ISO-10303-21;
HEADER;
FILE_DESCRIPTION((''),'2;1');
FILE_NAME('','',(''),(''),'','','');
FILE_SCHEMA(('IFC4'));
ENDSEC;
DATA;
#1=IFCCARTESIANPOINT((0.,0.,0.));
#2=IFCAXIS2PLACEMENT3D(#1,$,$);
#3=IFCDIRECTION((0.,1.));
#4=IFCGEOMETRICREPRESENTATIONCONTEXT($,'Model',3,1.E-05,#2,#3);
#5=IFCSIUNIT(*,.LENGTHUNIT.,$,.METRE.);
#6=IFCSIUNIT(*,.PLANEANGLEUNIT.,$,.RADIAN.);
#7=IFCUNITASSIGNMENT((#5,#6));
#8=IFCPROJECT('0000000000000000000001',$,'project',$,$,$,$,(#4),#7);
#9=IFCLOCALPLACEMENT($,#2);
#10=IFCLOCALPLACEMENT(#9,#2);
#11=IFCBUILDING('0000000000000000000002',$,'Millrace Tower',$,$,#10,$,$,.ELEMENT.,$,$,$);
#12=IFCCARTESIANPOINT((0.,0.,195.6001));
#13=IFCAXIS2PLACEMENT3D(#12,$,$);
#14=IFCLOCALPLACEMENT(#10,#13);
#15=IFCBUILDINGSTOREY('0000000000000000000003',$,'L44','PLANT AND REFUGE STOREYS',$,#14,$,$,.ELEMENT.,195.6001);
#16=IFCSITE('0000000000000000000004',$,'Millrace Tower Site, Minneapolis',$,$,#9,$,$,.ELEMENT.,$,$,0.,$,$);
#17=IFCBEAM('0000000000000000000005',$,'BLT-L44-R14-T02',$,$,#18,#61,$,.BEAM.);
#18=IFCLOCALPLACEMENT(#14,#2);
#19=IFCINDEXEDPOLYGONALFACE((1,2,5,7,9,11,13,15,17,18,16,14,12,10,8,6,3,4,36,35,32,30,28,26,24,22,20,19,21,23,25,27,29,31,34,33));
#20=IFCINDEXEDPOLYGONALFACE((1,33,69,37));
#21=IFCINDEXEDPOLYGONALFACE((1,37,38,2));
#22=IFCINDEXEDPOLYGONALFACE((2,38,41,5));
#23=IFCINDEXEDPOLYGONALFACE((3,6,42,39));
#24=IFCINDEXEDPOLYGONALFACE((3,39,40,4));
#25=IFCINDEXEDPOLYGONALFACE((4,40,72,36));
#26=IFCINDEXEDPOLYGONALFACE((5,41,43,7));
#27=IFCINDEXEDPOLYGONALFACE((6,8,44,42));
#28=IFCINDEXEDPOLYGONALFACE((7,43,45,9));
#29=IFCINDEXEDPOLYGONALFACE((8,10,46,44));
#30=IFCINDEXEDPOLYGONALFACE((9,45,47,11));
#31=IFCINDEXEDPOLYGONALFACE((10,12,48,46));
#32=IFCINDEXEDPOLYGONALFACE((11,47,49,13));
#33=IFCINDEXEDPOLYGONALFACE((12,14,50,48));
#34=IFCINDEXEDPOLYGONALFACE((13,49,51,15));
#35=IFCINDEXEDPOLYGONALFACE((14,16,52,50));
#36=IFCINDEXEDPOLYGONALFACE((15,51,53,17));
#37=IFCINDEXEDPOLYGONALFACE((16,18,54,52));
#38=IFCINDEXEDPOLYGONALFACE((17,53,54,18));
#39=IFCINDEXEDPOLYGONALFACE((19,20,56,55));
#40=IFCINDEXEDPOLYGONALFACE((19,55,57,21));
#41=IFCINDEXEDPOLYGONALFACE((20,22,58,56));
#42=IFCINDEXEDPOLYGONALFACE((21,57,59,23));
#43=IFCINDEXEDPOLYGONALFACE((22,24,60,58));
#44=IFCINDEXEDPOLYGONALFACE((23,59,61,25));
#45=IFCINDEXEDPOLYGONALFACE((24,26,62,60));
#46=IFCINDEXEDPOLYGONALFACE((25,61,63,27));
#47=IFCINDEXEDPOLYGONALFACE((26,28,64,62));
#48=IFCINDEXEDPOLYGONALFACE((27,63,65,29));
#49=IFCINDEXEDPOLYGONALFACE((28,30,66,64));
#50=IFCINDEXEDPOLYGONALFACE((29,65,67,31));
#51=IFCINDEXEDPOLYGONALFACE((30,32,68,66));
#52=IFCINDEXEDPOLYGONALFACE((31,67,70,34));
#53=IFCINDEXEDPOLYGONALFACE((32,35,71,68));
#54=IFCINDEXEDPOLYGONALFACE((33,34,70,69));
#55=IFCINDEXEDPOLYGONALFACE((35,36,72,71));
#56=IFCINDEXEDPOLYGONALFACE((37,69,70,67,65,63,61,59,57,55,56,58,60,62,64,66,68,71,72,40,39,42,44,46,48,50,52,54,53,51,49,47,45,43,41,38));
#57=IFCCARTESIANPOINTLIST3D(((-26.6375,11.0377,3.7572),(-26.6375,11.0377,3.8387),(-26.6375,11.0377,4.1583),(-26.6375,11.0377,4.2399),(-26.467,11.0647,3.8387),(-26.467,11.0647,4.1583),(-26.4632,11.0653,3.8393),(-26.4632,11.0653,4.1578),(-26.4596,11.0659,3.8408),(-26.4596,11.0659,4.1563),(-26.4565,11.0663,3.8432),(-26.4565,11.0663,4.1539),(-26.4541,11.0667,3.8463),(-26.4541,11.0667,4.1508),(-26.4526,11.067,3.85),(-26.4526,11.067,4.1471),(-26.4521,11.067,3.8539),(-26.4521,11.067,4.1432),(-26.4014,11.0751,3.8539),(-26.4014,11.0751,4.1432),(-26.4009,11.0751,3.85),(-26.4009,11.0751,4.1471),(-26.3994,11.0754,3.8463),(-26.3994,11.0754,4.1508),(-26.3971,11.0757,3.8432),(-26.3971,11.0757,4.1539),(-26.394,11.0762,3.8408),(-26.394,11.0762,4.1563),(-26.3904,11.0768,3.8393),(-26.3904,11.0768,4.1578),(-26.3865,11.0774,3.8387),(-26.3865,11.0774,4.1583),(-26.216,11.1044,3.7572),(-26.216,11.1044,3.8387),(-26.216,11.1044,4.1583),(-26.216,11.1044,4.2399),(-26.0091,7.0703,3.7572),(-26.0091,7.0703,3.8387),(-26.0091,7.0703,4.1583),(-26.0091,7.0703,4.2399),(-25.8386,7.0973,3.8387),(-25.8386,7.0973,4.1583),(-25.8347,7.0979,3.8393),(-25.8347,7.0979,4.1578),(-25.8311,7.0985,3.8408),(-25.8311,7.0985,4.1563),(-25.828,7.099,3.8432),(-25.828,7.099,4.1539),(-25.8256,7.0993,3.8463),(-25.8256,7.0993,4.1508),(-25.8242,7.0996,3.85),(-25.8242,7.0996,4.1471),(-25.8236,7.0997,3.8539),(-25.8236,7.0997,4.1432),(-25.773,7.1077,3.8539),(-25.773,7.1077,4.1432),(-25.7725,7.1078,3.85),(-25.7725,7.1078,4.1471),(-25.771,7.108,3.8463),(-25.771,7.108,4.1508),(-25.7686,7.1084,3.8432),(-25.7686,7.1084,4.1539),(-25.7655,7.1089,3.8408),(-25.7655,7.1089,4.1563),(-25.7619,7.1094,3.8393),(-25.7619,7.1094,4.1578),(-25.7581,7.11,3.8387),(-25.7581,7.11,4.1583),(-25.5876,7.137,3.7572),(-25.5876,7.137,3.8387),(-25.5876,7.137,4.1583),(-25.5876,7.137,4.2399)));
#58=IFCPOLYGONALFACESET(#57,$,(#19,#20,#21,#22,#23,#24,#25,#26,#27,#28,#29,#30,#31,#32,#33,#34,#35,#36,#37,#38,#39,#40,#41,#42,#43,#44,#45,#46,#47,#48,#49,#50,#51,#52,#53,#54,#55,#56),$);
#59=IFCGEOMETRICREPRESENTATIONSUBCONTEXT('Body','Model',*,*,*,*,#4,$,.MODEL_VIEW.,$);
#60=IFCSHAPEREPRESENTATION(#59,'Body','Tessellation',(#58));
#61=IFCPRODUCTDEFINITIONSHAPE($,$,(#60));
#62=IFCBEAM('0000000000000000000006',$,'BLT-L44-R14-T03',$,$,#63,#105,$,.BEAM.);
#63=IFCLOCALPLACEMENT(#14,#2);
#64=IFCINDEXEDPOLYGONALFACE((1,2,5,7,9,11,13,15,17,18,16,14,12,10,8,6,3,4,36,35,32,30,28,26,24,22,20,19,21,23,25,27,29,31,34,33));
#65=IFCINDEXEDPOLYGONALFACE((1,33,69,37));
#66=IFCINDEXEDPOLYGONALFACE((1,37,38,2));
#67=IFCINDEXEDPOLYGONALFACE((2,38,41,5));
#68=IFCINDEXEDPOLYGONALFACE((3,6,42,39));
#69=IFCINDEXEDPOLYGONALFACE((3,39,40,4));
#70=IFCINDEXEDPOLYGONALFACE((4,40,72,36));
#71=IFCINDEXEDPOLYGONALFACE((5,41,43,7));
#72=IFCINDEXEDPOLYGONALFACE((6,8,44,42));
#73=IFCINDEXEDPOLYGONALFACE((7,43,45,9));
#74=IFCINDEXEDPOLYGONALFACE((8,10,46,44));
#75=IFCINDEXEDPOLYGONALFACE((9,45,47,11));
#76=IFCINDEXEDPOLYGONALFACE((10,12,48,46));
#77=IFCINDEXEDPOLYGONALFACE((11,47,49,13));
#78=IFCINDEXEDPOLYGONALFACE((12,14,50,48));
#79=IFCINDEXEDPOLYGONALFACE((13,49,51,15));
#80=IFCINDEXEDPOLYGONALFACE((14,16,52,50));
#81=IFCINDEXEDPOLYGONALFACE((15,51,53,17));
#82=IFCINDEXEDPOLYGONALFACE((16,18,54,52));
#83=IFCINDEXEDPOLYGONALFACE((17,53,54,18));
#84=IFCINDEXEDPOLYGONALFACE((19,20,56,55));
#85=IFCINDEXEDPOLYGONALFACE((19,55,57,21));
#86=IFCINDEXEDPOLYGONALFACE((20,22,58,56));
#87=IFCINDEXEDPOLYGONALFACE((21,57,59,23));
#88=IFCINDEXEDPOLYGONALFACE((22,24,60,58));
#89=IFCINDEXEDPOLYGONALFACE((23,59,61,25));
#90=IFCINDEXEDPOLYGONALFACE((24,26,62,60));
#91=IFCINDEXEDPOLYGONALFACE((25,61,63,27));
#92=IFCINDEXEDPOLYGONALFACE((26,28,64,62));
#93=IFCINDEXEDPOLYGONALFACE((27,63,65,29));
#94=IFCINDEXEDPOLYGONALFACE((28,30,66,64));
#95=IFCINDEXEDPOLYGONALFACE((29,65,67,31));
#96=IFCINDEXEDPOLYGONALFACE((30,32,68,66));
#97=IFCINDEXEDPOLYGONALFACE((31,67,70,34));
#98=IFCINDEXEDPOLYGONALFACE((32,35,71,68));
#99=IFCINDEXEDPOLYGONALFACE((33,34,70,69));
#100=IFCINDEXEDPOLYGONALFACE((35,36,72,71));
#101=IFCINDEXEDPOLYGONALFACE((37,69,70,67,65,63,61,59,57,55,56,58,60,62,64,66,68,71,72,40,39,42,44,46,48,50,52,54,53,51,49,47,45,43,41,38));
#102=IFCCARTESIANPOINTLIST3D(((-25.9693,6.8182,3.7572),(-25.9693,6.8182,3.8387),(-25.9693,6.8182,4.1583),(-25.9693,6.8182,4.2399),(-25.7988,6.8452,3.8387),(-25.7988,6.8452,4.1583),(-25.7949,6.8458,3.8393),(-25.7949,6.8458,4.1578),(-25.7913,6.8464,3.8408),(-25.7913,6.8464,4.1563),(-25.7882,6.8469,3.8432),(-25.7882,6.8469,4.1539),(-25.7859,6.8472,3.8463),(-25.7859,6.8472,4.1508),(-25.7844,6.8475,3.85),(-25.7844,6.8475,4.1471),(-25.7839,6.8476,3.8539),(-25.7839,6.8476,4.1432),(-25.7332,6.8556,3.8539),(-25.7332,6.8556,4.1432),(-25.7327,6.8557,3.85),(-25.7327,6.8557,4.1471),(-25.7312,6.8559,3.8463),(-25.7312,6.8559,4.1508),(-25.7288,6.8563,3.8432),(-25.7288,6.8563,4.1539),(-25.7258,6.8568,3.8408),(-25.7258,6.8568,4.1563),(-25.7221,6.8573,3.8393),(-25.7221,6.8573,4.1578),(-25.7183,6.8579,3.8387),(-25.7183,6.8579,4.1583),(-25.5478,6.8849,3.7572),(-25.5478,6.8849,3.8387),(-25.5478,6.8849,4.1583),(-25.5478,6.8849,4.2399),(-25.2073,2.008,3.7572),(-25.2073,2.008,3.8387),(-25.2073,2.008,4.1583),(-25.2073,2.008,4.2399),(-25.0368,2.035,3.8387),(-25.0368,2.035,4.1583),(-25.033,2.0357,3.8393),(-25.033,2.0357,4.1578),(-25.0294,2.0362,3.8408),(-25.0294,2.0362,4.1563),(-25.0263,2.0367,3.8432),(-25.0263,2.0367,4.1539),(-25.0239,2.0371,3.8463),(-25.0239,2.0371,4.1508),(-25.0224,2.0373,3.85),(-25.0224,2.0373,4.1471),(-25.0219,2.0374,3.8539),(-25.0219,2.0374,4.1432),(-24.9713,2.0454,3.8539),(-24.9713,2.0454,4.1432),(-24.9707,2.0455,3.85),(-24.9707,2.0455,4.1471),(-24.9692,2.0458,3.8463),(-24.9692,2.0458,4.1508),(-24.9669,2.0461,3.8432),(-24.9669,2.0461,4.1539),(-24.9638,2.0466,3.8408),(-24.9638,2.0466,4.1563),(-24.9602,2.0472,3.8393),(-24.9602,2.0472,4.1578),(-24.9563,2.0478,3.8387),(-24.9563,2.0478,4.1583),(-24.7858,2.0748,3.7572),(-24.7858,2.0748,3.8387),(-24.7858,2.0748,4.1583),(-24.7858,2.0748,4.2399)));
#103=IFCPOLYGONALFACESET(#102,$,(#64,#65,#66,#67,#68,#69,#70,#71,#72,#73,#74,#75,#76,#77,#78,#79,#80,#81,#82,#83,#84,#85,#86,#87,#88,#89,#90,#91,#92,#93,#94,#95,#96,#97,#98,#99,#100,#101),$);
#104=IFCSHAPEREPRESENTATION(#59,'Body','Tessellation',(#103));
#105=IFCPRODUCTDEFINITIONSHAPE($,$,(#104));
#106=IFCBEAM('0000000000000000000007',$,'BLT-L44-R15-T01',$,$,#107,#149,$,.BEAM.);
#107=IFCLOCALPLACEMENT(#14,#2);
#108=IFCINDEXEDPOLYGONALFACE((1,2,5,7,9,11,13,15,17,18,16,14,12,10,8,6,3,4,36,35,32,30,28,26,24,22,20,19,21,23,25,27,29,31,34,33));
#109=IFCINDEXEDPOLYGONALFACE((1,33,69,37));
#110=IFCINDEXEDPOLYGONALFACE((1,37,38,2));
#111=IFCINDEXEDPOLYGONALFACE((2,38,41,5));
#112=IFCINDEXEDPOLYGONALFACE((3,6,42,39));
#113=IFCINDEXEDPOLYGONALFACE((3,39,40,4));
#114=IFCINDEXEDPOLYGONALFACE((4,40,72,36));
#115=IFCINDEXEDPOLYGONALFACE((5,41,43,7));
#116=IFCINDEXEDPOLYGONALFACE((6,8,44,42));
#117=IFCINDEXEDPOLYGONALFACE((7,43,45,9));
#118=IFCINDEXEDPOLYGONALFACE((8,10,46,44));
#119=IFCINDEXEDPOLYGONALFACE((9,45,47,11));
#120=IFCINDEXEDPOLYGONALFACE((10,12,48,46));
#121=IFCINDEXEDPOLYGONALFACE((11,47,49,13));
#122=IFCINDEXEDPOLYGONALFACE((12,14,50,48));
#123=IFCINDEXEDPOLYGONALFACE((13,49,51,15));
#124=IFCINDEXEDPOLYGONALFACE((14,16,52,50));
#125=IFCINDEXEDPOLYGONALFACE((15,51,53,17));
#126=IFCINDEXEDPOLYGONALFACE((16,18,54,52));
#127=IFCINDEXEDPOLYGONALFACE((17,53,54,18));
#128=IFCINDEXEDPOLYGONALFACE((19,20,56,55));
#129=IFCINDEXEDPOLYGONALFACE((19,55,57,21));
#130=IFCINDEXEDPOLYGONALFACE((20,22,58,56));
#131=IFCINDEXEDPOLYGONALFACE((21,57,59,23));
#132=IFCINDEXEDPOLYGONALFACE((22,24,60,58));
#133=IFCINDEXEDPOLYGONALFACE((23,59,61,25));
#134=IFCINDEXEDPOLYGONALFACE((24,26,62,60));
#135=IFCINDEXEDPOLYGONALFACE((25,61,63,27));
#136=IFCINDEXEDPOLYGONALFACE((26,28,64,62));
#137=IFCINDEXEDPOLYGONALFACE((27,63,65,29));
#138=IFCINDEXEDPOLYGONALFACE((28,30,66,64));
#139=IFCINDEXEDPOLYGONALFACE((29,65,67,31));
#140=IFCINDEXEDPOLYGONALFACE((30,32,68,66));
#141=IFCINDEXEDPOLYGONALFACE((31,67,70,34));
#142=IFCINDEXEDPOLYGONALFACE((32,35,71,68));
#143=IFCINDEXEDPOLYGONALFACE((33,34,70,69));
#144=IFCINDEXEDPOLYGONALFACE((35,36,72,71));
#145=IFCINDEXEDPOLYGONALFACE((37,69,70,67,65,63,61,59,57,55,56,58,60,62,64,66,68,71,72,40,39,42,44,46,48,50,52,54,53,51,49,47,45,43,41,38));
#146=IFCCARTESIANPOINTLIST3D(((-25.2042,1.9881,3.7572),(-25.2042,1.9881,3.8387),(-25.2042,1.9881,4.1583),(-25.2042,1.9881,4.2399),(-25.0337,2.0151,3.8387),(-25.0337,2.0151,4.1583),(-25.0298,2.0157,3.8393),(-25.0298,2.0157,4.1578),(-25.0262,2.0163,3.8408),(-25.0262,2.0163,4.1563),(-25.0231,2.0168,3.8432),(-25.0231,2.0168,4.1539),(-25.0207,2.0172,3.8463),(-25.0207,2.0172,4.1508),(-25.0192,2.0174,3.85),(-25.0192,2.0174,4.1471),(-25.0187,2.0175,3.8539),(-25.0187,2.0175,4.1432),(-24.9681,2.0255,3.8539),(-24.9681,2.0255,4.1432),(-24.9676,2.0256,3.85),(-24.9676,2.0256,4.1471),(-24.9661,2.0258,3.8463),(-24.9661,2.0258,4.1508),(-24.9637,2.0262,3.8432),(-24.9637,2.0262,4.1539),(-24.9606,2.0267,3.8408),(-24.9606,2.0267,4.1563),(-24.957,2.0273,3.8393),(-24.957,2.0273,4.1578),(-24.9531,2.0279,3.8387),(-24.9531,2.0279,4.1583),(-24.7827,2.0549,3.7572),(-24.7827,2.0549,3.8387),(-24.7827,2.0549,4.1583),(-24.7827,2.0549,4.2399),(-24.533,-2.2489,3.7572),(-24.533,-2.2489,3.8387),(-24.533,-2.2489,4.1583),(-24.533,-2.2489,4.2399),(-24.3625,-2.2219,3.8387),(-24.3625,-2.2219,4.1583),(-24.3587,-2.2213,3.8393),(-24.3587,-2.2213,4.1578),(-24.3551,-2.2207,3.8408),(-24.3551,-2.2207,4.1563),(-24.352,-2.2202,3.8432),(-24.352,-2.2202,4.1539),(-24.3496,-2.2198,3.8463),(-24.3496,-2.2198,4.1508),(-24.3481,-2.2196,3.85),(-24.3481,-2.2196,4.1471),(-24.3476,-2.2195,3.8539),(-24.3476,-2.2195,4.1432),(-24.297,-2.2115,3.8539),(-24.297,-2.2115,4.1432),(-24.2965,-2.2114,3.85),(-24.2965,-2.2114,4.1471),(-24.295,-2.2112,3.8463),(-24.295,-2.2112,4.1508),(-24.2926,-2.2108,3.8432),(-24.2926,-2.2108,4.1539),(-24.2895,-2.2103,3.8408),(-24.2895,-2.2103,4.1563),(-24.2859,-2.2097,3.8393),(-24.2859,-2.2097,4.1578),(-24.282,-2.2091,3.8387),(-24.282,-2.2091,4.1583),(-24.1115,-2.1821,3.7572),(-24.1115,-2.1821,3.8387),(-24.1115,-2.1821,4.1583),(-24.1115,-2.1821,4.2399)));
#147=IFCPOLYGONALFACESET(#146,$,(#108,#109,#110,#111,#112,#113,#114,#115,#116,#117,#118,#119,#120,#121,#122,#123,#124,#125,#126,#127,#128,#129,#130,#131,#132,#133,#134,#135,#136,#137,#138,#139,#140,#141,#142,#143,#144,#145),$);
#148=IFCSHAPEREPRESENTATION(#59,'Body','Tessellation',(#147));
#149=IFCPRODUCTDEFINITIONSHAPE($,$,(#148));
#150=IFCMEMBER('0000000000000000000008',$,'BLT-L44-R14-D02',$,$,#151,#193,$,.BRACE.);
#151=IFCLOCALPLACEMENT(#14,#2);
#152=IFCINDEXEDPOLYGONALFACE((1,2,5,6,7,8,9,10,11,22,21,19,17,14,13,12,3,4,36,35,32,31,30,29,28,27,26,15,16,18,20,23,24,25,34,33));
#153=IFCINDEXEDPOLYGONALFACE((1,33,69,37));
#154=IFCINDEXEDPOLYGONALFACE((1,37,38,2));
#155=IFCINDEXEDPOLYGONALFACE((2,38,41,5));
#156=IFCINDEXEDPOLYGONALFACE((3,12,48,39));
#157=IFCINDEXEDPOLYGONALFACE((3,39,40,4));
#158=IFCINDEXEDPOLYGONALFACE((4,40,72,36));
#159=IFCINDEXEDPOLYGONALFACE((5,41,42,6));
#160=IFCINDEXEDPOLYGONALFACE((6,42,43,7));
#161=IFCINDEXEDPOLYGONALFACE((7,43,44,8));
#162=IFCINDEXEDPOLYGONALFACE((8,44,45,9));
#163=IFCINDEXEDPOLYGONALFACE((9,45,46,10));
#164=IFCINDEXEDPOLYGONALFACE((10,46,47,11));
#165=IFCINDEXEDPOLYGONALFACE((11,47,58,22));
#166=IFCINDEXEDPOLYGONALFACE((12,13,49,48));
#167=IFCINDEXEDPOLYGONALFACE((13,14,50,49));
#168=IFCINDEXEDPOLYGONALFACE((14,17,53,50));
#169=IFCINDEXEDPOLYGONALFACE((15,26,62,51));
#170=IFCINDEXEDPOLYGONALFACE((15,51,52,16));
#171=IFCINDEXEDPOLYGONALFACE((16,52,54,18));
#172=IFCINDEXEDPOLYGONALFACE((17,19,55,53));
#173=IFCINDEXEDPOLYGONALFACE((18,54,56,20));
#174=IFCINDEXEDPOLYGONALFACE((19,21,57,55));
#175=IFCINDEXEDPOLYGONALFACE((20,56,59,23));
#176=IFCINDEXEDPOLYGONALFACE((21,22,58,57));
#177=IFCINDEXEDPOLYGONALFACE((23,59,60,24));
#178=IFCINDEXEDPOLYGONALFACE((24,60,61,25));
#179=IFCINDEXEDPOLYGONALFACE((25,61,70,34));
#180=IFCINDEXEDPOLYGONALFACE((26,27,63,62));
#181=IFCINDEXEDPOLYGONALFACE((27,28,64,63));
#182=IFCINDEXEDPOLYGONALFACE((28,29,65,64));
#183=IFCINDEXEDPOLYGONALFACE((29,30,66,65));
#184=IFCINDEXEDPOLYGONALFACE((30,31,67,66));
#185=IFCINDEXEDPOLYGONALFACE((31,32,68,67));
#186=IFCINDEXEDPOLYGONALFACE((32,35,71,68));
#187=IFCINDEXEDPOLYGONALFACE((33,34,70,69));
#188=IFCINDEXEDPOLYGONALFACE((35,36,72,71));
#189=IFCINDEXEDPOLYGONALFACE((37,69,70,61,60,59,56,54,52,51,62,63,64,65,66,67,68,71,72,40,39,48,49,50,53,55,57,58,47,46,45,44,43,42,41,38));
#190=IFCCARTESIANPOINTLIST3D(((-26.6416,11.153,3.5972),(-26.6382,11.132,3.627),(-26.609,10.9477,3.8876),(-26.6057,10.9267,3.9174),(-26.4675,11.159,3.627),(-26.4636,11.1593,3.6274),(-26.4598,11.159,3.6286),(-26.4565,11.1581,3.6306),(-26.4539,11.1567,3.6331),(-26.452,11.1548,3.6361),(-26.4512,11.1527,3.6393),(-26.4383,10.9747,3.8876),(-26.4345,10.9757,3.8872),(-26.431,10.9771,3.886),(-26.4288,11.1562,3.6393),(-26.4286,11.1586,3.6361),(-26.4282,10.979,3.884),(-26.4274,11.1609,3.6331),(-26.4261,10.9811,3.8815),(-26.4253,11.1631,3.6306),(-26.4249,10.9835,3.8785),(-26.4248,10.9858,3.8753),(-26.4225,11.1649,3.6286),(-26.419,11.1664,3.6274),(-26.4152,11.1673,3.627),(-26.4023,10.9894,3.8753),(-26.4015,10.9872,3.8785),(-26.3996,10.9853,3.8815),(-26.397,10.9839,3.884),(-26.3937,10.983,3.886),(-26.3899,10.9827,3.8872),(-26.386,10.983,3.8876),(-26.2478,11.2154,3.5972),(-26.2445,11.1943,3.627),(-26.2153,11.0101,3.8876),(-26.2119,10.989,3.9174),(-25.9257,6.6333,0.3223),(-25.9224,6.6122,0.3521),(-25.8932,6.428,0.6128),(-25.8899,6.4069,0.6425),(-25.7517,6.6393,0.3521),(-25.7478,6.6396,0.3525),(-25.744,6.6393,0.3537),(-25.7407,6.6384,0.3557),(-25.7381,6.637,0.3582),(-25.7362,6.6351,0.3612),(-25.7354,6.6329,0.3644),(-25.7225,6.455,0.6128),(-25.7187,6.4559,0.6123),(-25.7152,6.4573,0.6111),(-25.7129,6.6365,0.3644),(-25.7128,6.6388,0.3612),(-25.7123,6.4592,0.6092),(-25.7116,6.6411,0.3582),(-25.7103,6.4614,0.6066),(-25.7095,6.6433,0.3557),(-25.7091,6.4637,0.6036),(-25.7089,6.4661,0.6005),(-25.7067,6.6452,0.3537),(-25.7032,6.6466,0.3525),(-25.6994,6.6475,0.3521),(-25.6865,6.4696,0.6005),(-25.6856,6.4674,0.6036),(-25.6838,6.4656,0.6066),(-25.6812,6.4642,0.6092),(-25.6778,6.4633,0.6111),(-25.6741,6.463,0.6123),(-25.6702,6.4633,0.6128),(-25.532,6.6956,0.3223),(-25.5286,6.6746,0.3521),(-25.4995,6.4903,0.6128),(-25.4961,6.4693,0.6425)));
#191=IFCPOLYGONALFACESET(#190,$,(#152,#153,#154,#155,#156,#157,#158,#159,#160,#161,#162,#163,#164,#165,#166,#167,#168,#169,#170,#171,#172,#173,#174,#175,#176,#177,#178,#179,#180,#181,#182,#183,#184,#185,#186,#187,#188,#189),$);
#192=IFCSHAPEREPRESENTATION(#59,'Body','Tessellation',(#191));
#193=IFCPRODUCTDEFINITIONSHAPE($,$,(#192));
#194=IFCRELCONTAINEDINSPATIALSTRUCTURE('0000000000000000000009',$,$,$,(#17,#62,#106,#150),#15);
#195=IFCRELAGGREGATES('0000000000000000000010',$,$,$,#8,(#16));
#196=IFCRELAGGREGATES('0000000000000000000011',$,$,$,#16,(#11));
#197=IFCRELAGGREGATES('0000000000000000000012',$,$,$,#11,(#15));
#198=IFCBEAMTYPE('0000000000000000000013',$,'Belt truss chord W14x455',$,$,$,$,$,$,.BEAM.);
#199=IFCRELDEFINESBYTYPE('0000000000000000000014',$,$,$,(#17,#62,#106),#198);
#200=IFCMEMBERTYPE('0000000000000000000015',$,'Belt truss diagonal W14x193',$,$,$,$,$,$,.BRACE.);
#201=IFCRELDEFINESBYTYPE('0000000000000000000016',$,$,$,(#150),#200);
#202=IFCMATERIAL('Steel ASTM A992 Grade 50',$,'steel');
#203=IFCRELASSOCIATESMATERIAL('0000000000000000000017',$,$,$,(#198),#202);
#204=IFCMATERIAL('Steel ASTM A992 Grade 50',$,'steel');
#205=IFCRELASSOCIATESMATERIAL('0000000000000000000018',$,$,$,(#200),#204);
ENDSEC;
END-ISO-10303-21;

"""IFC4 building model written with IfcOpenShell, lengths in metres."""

from ifc_helpers import new_model, si_unit, direction, frame, origin, origin_2d, place, context, subcontext, project, spatial, i_section, extrude, material, material_profile, profile_set, type_object, element, save


model = new_model("IFC4")

# Units and contexts
model_context = context("Model", 3, precision=1e-05, world=origin(), true_north=direction((0.0, 1.0)))
body_context = subcontext(model_context, "Body", "Model", "MODEL_VIEW")
ifc_project = project(units=[si_unit("LENGTHUNIT", "METRE"), si_unit("PLANEANGLEUNIT", "RADIAN")], contexts=[model_context])

# Site, building, storey
site_placement = place(None, origin())
site = spatial("IfcSite", under=ifc_project, at=site_placement, Name="Millrace Tower Site, Minneapolis", CompositionType="ELEMENT", RefElevation=0.0)
building_placement = place(site_placement, origin())
building = spatial("IfcBuilding", under=site, at=building_placement, Name="Millrace Tower", CompositionType="ELEMENT")
storey_placement = place(building_placement, frame((0.0, 0.0, 195.6001)))
storey = spatial("IfcBuildingStorey", under=building, at=storey_placement, Name="L44", Description="PLANT AND REFUGE STOREYS", CompositionType="ELEMENT", Elevation=195.6001)

# Beams
ifc_material_1 = material(Name="Steel ASTM A992 Grade 50", Category="steel")
ifc_material_profile_1 = material_profile(ifc_material_1, i_section(OverallWidth=0.4268, OverallDepth=0.4827, WebThickness=0.0513, FlangeThickness=0.0815, FilletRadius=0.0151, at=origin_2d()))
ifc_profile_set_1 = profile_set([ifc_material_profile_1], Name="Steel ASTM A992 Grade 50")
beam_type_1 = type_object("IfcBeamType", Name="Belt truss chord W14x455", PredefinedType="BEAM", material=ifc_profile_set_1)
beam_1_placement = place(storey_placement, frame((-26.4268, 11.071, 3.9985), z_axis=(0.156449, -0.987686, 0.0), x_axis=(0.987686, 0.156449, 0.0)))
element("IfcBeam", 1, at=beam_1_placement, inside=storey, type_object=beam_type_1, Name="BLT-L44-R14-T02", PredefinedType="BEAM", context=body_context, shape_type="SweptSolid", body=[
    extrude(i_section(OverallWidth=0.4268, OverallDepth=0.4827, WebThickness=0.0513, FlangeThickness=0.0815, FilletRadius=0.0151, at=origin_2d()), origin(), (0.0, 0.0, 1.0), 4.0168),
])
beam_2_placement = place(storey_placement, frame((-25.7585, 6.8516, 3.9985), z_axis=(0.156459, -0.987684, 0.0), x_axis=(0.987684, 0.156459, 0.0)))
element("IfcBeam", 2, at=beam_2_placement, inside=storey, type_object=beam_type_1, Name="BLT-L44-R14-T03", PredefinedType="BEAM", context=body_context, shape_type="SweptSolid", body=[
    extrude(i_section(OverallWidth=0.4268, OverallDepth=0.4827, WebThickness=0.0513, FlangeThickness=0.0815, FilletRadius=0.0151, at=origin_2d()), origin(), (0.0, 0.0, 1.0), 4.8701),
])
beam_3_placement = place(storey_placement, frame((-24.9934, 2.0215, 3.9985), z_axis=(0.156448, -0.987686, 0.0), x_axis=(0.987686, 0.156448, 0.0)))
element("IfcBeam", 3, at=beam_3_placement, inside=storey, type_object=beam_type_1, Name="BLT-L44-R15-T01", PredefinedType="BEAM", context=body_context, shape_type="SweptSolid", body=[
    extrude(i_section(OverallWidth=0.4268, OverallDepth=0.4827, WebThickness=0.0513, FlangeThickness=0.0815, FilletRadius=0.0151, at=origin_2d()), origin(), (0.0, 0.0, 1.0), 4.2898),
])

# Member
ifc_material_2 = material(Name="Steel ASTM A992 Grade 50", Category="steel")
ifc_material_profile_2 = material_profile(ifc_material_2, i_section(OverallWidth=0.3987, OverallDepth=0.3938, WebThickness=0.0227, FlangeThickness=0.0366, FilletRadius=0.0151, at=origin_2d()))
ifc_profile_set_2 = profile_set([ifc_material_profile_2], Name="Steel ASTM A992 Grade 50")
member_type_1 = type_object("IfcMemberType", Name="Belt truss diagonal W14x193", PredefinedType="BRACE", material=ifc_profile_set_2)
member_1_placement = place(storey_placement, frame((-25.7109, 6.5513, 0.4824), z_axis=(-0.127206, 0.803197, 0.581974), x_axis=(-0.98769, -0.156426, 0.0)))
element("IfcMember", 4, at=member_1_placement, inside=storey, type_object=member_type_1, Name="BLT-L44-R14-D02", PredefinedType="BRACE", context=body_context, shape_type="SweptSolid", body=[
    extrude(i_section(OverallWidth=0.3987, OverallDepth=0.3938, WebThickness=0.0227, FlangeThickness=0.0366, FilletRadius=0.0151, at=origin_2d()), origin(), (0.0, 0.0, 1.0), 5.6272),
])

save(model, "model.ifc")
